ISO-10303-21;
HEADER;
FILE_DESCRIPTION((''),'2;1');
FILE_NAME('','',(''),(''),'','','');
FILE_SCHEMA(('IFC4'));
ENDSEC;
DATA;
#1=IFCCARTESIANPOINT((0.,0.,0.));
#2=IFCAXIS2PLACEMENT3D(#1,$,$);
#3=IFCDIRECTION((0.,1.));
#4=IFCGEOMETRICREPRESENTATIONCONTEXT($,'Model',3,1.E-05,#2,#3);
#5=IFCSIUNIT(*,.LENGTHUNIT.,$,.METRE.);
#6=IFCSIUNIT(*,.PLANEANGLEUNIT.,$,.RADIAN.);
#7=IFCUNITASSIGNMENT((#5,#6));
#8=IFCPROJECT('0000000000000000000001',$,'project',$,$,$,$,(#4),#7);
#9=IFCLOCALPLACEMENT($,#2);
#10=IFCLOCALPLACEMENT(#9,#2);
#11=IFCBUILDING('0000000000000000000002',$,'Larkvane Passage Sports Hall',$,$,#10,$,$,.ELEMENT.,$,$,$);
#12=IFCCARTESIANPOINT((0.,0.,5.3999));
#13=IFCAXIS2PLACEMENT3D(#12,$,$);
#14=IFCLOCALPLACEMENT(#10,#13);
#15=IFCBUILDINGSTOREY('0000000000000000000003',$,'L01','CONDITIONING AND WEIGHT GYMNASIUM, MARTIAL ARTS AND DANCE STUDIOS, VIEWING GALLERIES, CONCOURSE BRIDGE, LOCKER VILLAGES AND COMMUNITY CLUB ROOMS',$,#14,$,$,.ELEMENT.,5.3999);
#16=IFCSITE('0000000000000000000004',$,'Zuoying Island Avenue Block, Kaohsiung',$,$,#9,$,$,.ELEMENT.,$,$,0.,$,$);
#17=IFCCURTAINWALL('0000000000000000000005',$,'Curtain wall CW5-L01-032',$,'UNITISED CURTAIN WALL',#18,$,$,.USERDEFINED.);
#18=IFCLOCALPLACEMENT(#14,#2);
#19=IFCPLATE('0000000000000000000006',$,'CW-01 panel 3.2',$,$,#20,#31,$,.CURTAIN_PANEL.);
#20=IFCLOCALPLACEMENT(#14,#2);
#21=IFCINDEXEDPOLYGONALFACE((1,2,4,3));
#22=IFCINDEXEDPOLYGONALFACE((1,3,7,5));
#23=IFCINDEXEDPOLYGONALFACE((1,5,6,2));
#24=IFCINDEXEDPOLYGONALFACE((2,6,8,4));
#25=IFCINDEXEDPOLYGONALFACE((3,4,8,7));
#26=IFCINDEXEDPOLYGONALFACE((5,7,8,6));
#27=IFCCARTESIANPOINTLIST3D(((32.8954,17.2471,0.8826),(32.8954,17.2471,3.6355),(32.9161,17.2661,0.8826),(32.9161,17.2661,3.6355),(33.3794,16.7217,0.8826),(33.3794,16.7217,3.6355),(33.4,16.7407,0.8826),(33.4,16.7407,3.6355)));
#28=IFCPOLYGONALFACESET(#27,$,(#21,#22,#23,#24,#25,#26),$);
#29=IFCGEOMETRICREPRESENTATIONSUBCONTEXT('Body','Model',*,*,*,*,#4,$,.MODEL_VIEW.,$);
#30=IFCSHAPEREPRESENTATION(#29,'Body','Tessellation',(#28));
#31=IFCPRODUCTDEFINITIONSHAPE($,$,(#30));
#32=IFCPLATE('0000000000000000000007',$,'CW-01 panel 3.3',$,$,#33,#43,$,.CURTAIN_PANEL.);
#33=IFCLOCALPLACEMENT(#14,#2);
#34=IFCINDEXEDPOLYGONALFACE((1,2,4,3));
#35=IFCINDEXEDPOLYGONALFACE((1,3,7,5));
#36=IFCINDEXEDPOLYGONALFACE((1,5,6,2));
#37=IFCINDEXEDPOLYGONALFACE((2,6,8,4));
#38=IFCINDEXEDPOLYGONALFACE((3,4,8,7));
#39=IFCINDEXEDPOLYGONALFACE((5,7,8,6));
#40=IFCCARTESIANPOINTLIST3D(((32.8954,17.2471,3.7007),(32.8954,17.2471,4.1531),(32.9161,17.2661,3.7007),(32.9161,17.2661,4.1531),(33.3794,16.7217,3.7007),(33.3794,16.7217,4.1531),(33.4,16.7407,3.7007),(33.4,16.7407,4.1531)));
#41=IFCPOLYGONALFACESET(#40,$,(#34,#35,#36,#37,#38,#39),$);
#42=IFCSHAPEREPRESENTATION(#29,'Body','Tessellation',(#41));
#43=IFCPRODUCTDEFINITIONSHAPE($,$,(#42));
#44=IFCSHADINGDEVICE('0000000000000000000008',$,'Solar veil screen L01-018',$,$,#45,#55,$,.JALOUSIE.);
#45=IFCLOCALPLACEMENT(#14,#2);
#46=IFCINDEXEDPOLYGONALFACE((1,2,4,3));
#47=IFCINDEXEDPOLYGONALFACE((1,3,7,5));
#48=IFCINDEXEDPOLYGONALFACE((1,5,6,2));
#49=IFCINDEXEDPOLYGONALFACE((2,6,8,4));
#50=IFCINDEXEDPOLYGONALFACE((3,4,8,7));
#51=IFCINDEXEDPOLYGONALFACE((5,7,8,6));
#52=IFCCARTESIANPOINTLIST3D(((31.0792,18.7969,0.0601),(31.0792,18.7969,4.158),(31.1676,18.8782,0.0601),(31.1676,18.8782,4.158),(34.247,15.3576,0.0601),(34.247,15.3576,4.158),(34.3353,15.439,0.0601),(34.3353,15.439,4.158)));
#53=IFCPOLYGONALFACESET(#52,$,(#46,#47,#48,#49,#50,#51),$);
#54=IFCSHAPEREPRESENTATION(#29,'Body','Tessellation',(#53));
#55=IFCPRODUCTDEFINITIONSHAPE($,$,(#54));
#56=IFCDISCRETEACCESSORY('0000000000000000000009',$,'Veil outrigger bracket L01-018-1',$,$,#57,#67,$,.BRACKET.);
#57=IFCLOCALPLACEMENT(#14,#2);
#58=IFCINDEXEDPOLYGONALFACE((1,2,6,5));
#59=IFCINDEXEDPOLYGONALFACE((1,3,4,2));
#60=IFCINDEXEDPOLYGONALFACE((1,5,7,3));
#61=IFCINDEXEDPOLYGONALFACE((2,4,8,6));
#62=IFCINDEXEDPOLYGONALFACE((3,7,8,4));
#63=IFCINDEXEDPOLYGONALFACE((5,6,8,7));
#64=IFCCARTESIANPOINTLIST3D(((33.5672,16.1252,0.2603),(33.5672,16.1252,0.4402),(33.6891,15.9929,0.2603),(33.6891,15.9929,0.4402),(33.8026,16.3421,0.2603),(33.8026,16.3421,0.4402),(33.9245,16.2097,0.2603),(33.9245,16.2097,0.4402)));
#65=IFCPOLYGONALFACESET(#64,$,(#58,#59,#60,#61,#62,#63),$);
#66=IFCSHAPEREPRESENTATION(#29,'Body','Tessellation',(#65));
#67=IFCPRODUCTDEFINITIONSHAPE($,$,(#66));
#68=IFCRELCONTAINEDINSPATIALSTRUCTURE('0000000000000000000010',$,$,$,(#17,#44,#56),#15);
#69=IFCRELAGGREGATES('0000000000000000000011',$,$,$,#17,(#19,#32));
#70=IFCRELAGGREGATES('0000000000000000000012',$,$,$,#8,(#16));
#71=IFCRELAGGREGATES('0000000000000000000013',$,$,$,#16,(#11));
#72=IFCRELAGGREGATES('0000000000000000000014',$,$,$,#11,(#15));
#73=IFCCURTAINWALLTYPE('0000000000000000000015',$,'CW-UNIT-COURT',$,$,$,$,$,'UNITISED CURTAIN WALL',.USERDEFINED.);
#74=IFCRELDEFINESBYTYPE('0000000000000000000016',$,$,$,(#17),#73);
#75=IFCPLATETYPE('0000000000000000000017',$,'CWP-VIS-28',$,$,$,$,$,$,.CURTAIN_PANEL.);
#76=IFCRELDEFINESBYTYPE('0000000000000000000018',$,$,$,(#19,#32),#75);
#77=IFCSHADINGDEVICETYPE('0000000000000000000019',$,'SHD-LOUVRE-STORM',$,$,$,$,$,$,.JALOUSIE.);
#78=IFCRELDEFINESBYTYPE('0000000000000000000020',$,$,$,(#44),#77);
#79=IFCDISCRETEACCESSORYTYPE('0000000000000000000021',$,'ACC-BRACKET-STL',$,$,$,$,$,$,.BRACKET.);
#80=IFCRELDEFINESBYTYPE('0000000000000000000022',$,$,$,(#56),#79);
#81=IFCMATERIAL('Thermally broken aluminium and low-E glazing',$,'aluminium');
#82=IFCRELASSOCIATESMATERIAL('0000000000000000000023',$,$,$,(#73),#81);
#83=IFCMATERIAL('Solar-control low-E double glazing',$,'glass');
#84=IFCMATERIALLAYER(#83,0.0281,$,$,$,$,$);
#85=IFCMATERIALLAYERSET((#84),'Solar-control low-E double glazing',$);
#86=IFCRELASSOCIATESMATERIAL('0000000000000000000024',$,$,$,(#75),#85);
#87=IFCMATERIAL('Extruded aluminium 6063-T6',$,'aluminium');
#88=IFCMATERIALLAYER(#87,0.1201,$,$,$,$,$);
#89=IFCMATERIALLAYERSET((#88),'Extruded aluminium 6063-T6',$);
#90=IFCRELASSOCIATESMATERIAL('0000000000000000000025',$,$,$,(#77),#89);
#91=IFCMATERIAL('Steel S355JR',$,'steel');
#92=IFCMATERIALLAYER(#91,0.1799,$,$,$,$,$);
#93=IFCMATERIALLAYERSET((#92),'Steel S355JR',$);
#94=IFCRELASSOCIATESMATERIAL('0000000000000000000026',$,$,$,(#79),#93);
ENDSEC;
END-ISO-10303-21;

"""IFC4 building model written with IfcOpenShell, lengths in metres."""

from ifc_helpers import new_model, si_unit, direction, frame, origin, origin_2d, place, context, subcontext, project, spatial, rectangle, extrude, material, layer, layer_set, type_object, element, aggregate, save


model = new_model("IFC4")

# Units and contexts
model_context = context("Model", 3, precision=1e-05, world=origin(), true_north=direction((0.0, 1.0)))
body_context = subcontext(model_context, "Body", "Model", "MODEL_VIEW")
ifc_project = project(units=[si_unit("LENGTHUNIT", "METRE"), si_unit("PLANEANGLEUNIT", "RADIAN")], contexts=[model_context])

# Site, building, storey
site_placement = place(None, origin())
site = spatial("IfcSite", under=ifc_project, at=site_placement, Name="Zuoying Island Avenue Block, Kaohsiung", CompositionType="ELEMENT", RefElevation=0.0)
building_placement = place(site_placement, origin())
building = spatial("IfcBuilding", under=site, at=building_placement, Name="Larkvane Passage Sports Hall", CompositionType="ELEMENT")
storey_placement = place(building_placement, frame((0.0, 0.0, 5.3999)))
storey = spatial("IfcBuildingStorey", under=building, at=storey_placement, Name="L01", Description="CONDITIONING AND WEIGHT GYMNASIUM, MARTIAL ARTS AND DANCE STUDIOS, VIEWING GALLERIES, CONCOURSE BRIDGE, LOCKER VILLAGES AND COMMUNITY CLUB ROOMS", CompositionType="ELEMENT", Elevation=5.3999)

# Curtain wall
ifc_material_1 = material(Name="Thermally broken aluminium and low-E glazing", Category="aluminium")
curtain_wall_type = type_object("IfcCurtainWallType", Name="CW-UNIT-COURT", ElementType="UNITISED CURTAIN WALL", PredefinedType="USERDEFINED", material=ifc_material_1)
curtain_wall_placement = place(storey_placement, origin())
curtain_wall = element("IfcCurtainWall", 1, at=curtain_wall_placement, inside=storey, type_object=curtain_wall_type, Name="Curtain wall CW5-L01-032", ObjectType="UNITISED CURTAIN WALL", PredefinedType="USERDEFINED")

# Shared definitions
ifc_material_2 = material(Name="Steel S355JR", Category="steel")

# Plates
ifc_material_3 = material(Name="Solar-control low-E double glazing", Category="glass")
ifc_layer_1 = layer(ifc_material_3, 0.0281)
ifc_layer_set_1 = layer_set([ifc_layer_1], Name="Solar-control low-E double glazing")
plate_type_1 = type_object("IfcPlateType", Name="CWP-VIS-28", PredefinedType="CURTAIN_PANEL", material=ifc_layer_set_1)
plate_1_placement = place(storey_placement, frame((33.1477, 16.9939, 0.8826), z_axis=(0.0, 0.0, 1.0), x_axis=(-0.677478, 0.735543, 0.0)))
plate_1 = element("IfcPlate", 2, at=plate_1_placement, type_object=plate_type_1, Name="CW-01 panel 3.2", PredefinedType="CURTAIN_PANEL", context=body_context, shape_type="SweptSolid", body=[
    extrude(rectangle(XDim=0.7144, YDim=0.0281, at=origin_2d()), origin(), (0.0, 0.0, 1.0), 2.7529),
])
plate_2_placement = place(storey_placement, frame((33.1477, 16.9939, 3.7007), z_axis=(0.0, 0.0, 1.0), x_axis=(-0.677478, 0.735543, 0.0)))
plate_2 = element("IfcPlate", 3, at=plate_2_placement, type_object=plate_type_1, Name="CW-01 panel 3.3", PredefinedType="CURTAIN_PANEL", context=body_context, shape_type="SweptSolid", body=[
    extrude(rectangle(XDim=0.7144, YDim=0.0281, at=origin_2d()), origin(), (0.0, 0.0, 1.0), 0.4524),
])
aggregate(curtain_wall, [plate_1, plate_2])

# Shading device
ifc_material_4 = material(Name="Extruded aluminium 6063-T6", Category="aluminium")
ifc_layer_2 = layer(ifc_material_4, 0.1201)
ifc_layer_set_2 = layer_set([ifc_layer_2], Name="Extruded aluminium 6063-T6")
shading_device_type = type_object("IfcShadingDeviceType", Name="SHD-LOUVRE-STORM", PredefinedType="JALOUSIE", material=ifc_layer_set_2)
shading_device_placement = place(storey_placement, frame((32.7073, 17.1179, 0.0601), z_axis=(0.0, 0.0, 1.0), x_axis=(-0.677476, 0.735545, 0.0)))
element("IfcShadingDevice", 4, at=shading_device_placement, inside=storey, type_object=shading_device_type, Name="Solar veil screen L01-018", PredefinedType="JALOUSIE", context=body_context, shape_type="SweptSolid", body=[
    extrude(rectangle(XDim=4.6758, YDim=0.1201, at=origin_2d()), origin(), (0.0, 0.0, 1.0), 4.0979),
])

# Discrete accessory
ifc_layer_3 = layer(ifc_material_2, 0.1799)
ifc_layer_set_3 = layer_set([ifc_layer_3], Name="Steel S355JR")
discrete_accessory_type = type_object("IfcDiscreteAccessoryType", Name="ACC-BRACKET-STL", PredefinedType="BRACKET", material=ifc_layer_set_3)
discrete_accessory_placement = place(storey_placement, frame((33.7458, 16.1675, 0.2603), z_axis=(0.0, 0.0, 1.0), x_axis=(-0.677476, 0.735545, 0.0)))
element("IfcDiscreteAccessory", 5, at=discrete_accessory_placement, inside=storey, type_object=discrete_accessory_type, Name="Veil outrigger bracket L01-018-1", PredefinedType="BRACKET", context=body_context, shape_type="SweptSolid", body=[
    extrude(rectangle(XDim=0.1799, YDim=0.3201, at=origin_2d()), origin(), (0.0, 0.0, 1.0), 0.1799),
])

save(model, "model.ifc")
